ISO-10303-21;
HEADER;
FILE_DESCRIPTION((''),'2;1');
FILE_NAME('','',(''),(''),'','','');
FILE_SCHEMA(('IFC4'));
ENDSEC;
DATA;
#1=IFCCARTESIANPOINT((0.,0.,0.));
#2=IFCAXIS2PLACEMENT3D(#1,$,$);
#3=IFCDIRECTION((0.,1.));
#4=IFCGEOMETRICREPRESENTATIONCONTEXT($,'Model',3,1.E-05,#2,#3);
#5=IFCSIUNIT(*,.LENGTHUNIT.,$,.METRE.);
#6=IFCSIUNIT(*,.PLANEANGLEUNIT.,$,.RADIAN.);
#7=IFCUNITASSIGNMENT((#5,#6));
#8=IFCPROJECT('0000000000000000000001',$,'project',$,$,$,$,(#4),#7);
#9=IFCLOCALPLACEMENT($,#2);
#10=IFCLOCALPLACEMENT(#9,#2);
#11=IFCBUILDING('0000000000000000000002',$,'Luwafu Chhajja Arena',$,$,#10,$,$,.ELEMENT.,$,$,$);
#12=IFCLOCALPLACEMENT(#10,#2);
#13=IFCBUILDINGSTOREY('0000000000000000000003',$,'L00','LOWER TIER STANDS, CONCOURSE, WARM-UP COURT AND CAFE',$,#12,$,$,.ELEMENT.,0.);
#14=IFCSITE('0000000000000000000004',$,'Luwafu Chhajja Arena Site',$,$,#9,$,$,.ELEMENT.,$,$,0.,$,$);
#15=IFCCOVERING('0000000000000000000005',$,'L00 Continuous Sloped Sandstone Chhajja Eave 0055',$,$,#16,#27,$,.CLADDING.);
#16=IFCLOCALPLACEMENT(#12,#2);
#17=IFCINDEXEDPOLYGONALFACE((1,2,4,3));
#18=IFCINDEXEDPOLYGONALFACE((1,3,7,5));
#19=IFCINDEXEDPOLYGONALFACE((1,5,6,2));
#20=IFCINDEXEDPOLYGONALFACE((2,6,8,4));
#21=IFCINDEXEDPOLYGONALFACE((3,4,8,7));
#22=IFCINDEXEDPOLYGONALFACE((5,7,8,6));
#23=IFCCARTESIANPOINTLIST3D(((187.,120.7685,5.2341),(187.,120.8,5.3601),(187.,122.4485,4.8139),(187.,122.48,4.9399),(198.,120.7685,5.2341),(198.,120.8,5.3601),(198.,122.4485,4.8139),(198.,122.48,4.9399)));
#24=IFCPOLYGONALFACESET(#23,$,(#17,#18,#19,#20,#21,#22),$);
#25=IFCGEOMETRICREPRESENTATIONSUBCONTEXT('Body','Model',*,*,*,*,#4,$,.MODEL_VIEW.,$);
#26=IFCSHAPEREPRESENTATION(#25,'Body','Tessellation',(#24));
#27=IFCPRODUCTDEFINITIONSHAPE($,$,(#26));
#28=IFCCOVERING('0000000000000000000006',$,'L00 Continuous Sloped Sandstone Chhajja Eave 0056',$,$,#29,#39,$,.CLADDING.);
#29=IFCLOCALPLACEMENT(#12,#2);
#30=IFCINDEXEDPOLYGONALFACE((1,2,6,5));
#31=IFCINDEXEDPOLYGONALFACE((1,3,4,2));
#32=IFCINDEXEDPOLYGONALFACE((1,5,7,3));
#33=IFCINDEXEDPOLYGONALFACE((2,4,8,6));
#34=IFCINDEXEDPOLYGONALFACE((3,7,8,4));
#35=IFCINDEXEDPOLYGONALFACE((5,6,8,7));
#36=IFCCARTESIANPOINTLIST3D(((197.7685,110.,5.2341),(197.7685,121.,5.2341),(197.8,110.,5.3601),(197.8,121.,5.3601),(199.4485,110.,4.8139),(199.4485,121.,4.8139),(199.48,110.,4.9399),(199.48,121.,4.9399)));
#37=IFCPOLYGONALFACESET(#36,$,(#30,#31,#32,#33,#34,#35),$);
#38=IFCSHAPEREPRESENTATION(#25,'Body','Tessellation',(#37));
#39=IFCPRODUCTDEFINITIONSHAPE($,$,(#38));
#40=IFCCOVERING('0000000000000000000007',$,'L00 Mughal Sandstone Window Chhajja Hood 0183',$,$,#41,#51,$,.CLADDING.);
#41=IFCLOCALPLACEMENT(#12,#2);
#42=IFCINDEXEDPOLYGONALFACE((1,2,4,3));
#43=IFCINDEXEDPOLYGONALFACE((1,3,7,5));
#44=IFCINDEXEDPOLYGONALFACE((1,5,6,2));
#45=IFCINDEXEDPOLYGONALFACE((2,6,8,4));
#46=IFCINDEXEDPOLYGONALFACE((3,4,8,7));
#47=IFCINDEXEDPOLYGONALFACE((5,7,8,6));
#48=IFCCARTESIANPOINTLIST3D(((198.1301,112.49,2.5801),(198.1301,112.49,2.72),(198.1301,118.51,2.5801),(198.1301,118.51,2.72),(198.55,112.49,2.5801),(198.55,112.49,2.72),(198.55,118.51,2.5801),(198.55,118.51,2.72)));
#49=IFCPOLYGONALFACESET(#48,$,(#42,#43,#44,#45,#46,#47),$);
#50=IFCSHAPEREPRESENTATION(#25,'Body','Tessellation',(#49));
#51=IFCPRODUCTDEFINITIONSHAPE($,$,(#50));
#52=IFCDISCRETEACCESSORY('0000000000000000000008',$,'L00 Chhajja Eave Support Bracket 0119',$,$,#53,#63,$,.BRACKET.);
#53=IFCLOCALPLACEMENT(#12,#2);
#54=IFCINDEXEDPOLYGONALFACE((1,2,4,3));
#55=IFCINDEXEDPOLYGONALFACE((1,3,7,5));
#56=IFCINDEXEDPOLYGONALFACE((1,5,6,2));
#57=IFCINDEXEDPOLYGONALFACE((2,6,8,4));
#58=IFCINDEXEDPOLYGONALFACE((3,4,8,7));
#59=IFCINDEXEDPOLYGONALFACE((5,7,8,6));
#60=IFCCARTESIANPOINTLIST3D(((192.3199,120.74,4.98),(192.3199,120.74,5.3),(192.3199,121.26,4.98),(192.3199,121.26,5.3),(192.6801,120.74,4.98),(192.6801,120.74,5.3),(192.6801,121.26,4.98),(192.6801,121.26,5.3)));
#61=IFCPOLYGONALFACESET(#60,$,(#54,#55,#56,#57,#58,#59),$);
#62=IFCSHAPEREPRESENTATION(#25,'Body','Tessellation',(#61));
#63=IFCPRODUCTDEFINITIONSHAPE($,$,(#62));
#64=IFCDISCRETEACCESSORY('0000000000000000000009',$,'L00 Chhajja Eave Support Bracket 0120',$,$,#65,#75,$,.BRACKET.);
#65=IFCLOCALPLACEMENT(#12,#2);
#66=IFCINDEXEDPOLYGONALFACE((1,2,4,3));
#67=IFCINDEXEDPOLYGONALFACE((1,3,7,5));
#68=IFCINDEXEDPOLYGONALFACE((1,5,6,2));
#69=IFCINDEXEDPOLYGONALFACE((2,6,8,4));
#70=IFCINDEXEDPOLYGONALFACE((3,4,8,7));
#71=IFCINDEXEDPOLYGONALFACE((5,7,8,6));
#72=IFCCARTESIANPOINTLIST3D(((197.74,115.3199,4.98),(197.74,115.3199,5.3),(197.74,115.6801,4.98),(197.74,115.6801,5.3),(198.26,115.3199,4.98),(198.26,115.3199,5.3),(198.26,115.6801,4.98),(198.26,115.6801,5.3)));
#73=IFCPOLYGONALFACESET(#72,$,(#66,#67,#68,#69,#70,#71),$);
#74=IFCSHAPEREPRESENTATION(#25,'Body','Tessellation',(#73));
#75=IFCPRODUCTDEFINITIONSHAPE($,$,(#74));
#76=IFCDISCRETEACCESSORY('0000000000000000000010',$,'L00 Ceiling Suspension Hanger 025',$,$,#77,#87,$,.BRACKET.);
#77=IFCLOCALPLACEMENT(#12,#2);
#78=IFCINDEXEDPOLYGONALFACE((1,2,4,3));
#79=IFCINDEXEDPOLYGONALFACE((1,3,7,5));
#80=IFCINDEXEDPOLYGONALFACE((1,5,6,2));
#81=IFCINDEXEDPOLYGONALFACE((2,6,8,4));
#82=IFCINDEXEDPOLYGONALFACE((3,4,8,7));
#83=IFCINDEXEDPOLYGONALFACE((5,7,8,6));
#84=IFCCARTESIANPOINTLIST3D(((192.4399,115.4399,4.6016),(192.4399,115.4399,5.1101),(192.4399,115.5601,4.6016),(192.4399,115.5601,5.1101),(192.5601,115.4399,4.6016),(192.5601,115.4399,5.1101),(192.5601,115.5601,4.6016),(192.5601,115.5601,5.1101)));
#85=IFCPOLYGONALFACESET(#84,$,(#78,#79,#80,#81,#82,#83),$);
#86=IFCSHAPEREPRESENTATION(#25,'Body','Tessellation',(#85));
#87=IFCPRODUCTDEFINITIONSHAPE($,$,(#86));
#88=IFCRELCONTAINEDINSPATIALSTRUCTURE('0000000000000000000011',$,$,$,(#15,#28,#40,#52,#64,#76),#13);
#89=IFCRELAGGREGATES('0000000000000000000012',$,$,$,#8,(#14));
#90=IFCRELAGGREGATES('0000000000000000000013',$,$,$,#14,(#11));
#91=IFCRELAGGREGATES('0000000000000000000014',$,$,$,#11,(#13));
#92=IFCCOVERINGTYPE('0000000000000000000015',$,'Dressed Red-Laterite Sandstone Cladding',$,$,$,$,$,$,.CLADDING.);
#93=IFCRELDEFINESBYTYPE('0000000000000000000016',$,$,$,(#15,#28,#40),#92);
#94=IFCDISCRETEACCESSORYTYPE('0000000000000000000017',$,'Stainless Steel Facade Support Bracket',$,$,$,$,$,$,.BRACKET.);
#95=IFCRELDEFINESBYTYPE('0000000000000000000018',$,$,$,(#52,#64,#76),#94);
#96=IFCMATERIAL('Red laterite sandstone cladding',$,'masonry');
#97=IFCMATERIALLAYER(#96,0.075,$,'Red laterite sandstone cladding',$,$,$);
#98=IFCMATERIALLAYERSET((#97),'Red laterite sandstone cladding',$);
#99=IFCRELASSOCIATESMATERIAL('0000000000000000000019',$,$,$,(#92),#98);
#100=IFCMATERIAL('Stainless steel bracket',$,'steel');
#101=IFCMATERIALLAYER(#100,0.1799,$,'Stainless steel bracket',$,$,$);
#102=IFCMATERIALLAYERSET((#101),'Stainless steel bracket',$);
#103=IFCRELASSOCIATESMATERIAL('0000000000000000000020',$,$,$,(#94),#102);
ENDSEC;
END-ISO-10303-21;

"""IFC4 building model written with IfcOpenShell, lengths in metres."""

from ifc_helpers import new_model, si_unit, direction, frame, origin, origin_2d, place, context, subcontext, project, spatial, polyline, rectangle, outline, extrude, material, layer, layer_set, type_object, element, save


model = new_model("IFC4")

# Units and contexts
model_context = context("Model", 3, precision=1e-05, world=origin(), true_north=direction((0.0, 1.0)))
body_context = subcontext(model_context, "Body", "Model", "MODEL_VIEW")
ifc_project = project(units=[si_unit("LENGTHUNIT", "METRE"), si_unit("PLANEANGLEUNIT", "RADIAN")], contexts=[model_context])

# Site, building, storey
site_placement = place(None, origin())
site = spatial("IfcSite", under=ifc_project, at=site_placement, Name="Luwafu Chhajja Arena Site", CompositionType="ELEMENT", RefElevation=0.0)
building_placement = place(site_placement, origin())
building = spatial("IfcBuilding", under=site, at=building_placement, Name="Luwafu Chhajja Arena", CompositionType="ELEMENT")
storey_placement = place(building_placement, origin())
storey = spatial("IfcBuildingStorey", under=building, at=storey_placement, Name="L00", Description="LOWER TIER STANDS, CONCOURSE, WARM-UP COURT AND CAFE", CompositionType="ELEMENT", Elevation=0.0)

# Coverings
ifc_material_1 = material(Name="Red laterite sandstone cladding", Category="masonry")
ifc_layer_1 = layer(ifc_material_1, 0.075, Name="Red laterite sandstone cladding")
ifc_layer_set_1 = layer_set([ifc_layer_1], Name="Red laterite sandstone cladding")
covering_type = type_object("IfcCoveringType", Name="Dressed Red-Laterite Sandstone Cladding", PredefinedType="CLADDING", material=ifc_layer_set_1)
covering_1_placement = place(storey_placement, frame((187.0, 120.8, 5.3601), z_axis=(0.0, 0.242635, 0.970118), x_axis=(1.0, 0.0, 0.0)))
element("IfcCovering", 1, at=covering_1_placement, inside=storey, type_object=covering_type, Name="L00 Continuous Sloped Sandstone Chhajja Eave 0055", PredefinedType="CLADDING", context=body_context, shape_type="SweptSolid", body=[
    extrude(outline(polyline([(0.0, 0.0), (11.0, 0.0), (11.0, 1.7317), (0.0, 1.7317), (0.0, 0.0)])), origin(), (0.0, 0.0, -1.0), 0.1299),
])
covering_2_placement = place(storey_placement, frame((197.8, 110.0, 5.3601), z_axis=(0.242635, 0.0, 0.970118), x_axis=(0.0, 1.0, 0.0)))
element("IfcCovering", 2, at=covering_2_placement, inside=storey, type_object=covering_type, Name="L00 Continuous Sloped Sandstone Chhajja Eave 0056", PredefinedType="CLADDING", context=body_context, shape_type="SweptSolid", body=[
    extrude(outline(polyline([(0.0, 0.0), (11.0, 0.0), (11.0, -1.7317), (0.0, -1.7317), (0.0, 0.0)])), origin(), (0.0, 0.0, -1.0), 0.1299),
])
covering_3_placement = place(storey_placement, frame((198.3401, 115.5, 2.5801), z_axis=(0.0, 0.0, 1.0), x_axis=(0.0, 1.0, 0.0)))
element("IfcCovering", 3, at=covering_3_placement, inside=storey, type_object=covering_type, Name="L00 Mughal Sandstone Window Chhajja Hood 0183", PredefinedType="CLADDING", context=body_context, shape_type="SweptSolid", body=[
    extrude(rectangle(XDim=6.02, YDim=0.4199, at=origin_2d()), origin(), (0.0, 0.0, 1.0), 0.1399),
])

# Discrete accessories
ifc_material_2 = material(Name="Stainless steel bracket", Category="steel")
ifc_layer_2 = layer(ifc_material_2, 0.1799, Name="Stainless steel bracket")
ifc_layer_set_2 = layer_set([ifc_layer_2], Name="Stainless steel bracket")
discrete_accessory_type = type_object("IfcDiscreteAccessoryType", Name="Stainless Steel Facade Support Bracket", PredefinedType="BRACKET", material=ifc_layer_set_2)
for number, where, z_axis, x_axis, name in (
    (4, (192.5, 121.0, 4.98), (0.0, 0.0, 1.0), (1.0, 0.0, 0.0), "L00 Chhajja Eave Support Bracket 0119"),
    (5, (198.0, 115.5, 4.98), (0.0, 0.0, 1.0), (0.0, 1.0, 0.0), "L00 Chhajja Eave Support Bracket 0120"),
):
    element("IfcDiscreteAccessory", number, at=place(storey_placement, frame(where, z_axis=z_axis, x_axis=x_axis)), inside=storey, type_object=discrete_accessory_type, Name=name, PredefinedType="BRACKET", context=body_context, shape_type="SweptSolid", body=[
        extrude(rectangle(XDim=0.3601, YDim=0.52, at=origin_2d()), origin(), (0.0, 0.0, 1.0), 0.3201),
    ])
discrete_accessory_placement = place(storey_placement, frame((192.5, 115.5, 4.6016), z_axis=(0.0, 0.0, 1.0), x_axis=(1.0, 0.0, 0.0)))
element("IfcDiscreteAccessory", 6, at=discrete_accessory_placement, inside=storey, type_object=discrete_accessory_type, Name="L00 Ceiling Suspension Hanger 025", PredefinedType="BRACKET", context=body_context, shape_type="SweptSolid", body=[
    extrude(rectangle(XDim=0.1201, YDim=0.1201, at=origin_2d()), origin(), (0.0, 0.0, 1.0), 0.5085),
])

save(model, "model.ifc")
